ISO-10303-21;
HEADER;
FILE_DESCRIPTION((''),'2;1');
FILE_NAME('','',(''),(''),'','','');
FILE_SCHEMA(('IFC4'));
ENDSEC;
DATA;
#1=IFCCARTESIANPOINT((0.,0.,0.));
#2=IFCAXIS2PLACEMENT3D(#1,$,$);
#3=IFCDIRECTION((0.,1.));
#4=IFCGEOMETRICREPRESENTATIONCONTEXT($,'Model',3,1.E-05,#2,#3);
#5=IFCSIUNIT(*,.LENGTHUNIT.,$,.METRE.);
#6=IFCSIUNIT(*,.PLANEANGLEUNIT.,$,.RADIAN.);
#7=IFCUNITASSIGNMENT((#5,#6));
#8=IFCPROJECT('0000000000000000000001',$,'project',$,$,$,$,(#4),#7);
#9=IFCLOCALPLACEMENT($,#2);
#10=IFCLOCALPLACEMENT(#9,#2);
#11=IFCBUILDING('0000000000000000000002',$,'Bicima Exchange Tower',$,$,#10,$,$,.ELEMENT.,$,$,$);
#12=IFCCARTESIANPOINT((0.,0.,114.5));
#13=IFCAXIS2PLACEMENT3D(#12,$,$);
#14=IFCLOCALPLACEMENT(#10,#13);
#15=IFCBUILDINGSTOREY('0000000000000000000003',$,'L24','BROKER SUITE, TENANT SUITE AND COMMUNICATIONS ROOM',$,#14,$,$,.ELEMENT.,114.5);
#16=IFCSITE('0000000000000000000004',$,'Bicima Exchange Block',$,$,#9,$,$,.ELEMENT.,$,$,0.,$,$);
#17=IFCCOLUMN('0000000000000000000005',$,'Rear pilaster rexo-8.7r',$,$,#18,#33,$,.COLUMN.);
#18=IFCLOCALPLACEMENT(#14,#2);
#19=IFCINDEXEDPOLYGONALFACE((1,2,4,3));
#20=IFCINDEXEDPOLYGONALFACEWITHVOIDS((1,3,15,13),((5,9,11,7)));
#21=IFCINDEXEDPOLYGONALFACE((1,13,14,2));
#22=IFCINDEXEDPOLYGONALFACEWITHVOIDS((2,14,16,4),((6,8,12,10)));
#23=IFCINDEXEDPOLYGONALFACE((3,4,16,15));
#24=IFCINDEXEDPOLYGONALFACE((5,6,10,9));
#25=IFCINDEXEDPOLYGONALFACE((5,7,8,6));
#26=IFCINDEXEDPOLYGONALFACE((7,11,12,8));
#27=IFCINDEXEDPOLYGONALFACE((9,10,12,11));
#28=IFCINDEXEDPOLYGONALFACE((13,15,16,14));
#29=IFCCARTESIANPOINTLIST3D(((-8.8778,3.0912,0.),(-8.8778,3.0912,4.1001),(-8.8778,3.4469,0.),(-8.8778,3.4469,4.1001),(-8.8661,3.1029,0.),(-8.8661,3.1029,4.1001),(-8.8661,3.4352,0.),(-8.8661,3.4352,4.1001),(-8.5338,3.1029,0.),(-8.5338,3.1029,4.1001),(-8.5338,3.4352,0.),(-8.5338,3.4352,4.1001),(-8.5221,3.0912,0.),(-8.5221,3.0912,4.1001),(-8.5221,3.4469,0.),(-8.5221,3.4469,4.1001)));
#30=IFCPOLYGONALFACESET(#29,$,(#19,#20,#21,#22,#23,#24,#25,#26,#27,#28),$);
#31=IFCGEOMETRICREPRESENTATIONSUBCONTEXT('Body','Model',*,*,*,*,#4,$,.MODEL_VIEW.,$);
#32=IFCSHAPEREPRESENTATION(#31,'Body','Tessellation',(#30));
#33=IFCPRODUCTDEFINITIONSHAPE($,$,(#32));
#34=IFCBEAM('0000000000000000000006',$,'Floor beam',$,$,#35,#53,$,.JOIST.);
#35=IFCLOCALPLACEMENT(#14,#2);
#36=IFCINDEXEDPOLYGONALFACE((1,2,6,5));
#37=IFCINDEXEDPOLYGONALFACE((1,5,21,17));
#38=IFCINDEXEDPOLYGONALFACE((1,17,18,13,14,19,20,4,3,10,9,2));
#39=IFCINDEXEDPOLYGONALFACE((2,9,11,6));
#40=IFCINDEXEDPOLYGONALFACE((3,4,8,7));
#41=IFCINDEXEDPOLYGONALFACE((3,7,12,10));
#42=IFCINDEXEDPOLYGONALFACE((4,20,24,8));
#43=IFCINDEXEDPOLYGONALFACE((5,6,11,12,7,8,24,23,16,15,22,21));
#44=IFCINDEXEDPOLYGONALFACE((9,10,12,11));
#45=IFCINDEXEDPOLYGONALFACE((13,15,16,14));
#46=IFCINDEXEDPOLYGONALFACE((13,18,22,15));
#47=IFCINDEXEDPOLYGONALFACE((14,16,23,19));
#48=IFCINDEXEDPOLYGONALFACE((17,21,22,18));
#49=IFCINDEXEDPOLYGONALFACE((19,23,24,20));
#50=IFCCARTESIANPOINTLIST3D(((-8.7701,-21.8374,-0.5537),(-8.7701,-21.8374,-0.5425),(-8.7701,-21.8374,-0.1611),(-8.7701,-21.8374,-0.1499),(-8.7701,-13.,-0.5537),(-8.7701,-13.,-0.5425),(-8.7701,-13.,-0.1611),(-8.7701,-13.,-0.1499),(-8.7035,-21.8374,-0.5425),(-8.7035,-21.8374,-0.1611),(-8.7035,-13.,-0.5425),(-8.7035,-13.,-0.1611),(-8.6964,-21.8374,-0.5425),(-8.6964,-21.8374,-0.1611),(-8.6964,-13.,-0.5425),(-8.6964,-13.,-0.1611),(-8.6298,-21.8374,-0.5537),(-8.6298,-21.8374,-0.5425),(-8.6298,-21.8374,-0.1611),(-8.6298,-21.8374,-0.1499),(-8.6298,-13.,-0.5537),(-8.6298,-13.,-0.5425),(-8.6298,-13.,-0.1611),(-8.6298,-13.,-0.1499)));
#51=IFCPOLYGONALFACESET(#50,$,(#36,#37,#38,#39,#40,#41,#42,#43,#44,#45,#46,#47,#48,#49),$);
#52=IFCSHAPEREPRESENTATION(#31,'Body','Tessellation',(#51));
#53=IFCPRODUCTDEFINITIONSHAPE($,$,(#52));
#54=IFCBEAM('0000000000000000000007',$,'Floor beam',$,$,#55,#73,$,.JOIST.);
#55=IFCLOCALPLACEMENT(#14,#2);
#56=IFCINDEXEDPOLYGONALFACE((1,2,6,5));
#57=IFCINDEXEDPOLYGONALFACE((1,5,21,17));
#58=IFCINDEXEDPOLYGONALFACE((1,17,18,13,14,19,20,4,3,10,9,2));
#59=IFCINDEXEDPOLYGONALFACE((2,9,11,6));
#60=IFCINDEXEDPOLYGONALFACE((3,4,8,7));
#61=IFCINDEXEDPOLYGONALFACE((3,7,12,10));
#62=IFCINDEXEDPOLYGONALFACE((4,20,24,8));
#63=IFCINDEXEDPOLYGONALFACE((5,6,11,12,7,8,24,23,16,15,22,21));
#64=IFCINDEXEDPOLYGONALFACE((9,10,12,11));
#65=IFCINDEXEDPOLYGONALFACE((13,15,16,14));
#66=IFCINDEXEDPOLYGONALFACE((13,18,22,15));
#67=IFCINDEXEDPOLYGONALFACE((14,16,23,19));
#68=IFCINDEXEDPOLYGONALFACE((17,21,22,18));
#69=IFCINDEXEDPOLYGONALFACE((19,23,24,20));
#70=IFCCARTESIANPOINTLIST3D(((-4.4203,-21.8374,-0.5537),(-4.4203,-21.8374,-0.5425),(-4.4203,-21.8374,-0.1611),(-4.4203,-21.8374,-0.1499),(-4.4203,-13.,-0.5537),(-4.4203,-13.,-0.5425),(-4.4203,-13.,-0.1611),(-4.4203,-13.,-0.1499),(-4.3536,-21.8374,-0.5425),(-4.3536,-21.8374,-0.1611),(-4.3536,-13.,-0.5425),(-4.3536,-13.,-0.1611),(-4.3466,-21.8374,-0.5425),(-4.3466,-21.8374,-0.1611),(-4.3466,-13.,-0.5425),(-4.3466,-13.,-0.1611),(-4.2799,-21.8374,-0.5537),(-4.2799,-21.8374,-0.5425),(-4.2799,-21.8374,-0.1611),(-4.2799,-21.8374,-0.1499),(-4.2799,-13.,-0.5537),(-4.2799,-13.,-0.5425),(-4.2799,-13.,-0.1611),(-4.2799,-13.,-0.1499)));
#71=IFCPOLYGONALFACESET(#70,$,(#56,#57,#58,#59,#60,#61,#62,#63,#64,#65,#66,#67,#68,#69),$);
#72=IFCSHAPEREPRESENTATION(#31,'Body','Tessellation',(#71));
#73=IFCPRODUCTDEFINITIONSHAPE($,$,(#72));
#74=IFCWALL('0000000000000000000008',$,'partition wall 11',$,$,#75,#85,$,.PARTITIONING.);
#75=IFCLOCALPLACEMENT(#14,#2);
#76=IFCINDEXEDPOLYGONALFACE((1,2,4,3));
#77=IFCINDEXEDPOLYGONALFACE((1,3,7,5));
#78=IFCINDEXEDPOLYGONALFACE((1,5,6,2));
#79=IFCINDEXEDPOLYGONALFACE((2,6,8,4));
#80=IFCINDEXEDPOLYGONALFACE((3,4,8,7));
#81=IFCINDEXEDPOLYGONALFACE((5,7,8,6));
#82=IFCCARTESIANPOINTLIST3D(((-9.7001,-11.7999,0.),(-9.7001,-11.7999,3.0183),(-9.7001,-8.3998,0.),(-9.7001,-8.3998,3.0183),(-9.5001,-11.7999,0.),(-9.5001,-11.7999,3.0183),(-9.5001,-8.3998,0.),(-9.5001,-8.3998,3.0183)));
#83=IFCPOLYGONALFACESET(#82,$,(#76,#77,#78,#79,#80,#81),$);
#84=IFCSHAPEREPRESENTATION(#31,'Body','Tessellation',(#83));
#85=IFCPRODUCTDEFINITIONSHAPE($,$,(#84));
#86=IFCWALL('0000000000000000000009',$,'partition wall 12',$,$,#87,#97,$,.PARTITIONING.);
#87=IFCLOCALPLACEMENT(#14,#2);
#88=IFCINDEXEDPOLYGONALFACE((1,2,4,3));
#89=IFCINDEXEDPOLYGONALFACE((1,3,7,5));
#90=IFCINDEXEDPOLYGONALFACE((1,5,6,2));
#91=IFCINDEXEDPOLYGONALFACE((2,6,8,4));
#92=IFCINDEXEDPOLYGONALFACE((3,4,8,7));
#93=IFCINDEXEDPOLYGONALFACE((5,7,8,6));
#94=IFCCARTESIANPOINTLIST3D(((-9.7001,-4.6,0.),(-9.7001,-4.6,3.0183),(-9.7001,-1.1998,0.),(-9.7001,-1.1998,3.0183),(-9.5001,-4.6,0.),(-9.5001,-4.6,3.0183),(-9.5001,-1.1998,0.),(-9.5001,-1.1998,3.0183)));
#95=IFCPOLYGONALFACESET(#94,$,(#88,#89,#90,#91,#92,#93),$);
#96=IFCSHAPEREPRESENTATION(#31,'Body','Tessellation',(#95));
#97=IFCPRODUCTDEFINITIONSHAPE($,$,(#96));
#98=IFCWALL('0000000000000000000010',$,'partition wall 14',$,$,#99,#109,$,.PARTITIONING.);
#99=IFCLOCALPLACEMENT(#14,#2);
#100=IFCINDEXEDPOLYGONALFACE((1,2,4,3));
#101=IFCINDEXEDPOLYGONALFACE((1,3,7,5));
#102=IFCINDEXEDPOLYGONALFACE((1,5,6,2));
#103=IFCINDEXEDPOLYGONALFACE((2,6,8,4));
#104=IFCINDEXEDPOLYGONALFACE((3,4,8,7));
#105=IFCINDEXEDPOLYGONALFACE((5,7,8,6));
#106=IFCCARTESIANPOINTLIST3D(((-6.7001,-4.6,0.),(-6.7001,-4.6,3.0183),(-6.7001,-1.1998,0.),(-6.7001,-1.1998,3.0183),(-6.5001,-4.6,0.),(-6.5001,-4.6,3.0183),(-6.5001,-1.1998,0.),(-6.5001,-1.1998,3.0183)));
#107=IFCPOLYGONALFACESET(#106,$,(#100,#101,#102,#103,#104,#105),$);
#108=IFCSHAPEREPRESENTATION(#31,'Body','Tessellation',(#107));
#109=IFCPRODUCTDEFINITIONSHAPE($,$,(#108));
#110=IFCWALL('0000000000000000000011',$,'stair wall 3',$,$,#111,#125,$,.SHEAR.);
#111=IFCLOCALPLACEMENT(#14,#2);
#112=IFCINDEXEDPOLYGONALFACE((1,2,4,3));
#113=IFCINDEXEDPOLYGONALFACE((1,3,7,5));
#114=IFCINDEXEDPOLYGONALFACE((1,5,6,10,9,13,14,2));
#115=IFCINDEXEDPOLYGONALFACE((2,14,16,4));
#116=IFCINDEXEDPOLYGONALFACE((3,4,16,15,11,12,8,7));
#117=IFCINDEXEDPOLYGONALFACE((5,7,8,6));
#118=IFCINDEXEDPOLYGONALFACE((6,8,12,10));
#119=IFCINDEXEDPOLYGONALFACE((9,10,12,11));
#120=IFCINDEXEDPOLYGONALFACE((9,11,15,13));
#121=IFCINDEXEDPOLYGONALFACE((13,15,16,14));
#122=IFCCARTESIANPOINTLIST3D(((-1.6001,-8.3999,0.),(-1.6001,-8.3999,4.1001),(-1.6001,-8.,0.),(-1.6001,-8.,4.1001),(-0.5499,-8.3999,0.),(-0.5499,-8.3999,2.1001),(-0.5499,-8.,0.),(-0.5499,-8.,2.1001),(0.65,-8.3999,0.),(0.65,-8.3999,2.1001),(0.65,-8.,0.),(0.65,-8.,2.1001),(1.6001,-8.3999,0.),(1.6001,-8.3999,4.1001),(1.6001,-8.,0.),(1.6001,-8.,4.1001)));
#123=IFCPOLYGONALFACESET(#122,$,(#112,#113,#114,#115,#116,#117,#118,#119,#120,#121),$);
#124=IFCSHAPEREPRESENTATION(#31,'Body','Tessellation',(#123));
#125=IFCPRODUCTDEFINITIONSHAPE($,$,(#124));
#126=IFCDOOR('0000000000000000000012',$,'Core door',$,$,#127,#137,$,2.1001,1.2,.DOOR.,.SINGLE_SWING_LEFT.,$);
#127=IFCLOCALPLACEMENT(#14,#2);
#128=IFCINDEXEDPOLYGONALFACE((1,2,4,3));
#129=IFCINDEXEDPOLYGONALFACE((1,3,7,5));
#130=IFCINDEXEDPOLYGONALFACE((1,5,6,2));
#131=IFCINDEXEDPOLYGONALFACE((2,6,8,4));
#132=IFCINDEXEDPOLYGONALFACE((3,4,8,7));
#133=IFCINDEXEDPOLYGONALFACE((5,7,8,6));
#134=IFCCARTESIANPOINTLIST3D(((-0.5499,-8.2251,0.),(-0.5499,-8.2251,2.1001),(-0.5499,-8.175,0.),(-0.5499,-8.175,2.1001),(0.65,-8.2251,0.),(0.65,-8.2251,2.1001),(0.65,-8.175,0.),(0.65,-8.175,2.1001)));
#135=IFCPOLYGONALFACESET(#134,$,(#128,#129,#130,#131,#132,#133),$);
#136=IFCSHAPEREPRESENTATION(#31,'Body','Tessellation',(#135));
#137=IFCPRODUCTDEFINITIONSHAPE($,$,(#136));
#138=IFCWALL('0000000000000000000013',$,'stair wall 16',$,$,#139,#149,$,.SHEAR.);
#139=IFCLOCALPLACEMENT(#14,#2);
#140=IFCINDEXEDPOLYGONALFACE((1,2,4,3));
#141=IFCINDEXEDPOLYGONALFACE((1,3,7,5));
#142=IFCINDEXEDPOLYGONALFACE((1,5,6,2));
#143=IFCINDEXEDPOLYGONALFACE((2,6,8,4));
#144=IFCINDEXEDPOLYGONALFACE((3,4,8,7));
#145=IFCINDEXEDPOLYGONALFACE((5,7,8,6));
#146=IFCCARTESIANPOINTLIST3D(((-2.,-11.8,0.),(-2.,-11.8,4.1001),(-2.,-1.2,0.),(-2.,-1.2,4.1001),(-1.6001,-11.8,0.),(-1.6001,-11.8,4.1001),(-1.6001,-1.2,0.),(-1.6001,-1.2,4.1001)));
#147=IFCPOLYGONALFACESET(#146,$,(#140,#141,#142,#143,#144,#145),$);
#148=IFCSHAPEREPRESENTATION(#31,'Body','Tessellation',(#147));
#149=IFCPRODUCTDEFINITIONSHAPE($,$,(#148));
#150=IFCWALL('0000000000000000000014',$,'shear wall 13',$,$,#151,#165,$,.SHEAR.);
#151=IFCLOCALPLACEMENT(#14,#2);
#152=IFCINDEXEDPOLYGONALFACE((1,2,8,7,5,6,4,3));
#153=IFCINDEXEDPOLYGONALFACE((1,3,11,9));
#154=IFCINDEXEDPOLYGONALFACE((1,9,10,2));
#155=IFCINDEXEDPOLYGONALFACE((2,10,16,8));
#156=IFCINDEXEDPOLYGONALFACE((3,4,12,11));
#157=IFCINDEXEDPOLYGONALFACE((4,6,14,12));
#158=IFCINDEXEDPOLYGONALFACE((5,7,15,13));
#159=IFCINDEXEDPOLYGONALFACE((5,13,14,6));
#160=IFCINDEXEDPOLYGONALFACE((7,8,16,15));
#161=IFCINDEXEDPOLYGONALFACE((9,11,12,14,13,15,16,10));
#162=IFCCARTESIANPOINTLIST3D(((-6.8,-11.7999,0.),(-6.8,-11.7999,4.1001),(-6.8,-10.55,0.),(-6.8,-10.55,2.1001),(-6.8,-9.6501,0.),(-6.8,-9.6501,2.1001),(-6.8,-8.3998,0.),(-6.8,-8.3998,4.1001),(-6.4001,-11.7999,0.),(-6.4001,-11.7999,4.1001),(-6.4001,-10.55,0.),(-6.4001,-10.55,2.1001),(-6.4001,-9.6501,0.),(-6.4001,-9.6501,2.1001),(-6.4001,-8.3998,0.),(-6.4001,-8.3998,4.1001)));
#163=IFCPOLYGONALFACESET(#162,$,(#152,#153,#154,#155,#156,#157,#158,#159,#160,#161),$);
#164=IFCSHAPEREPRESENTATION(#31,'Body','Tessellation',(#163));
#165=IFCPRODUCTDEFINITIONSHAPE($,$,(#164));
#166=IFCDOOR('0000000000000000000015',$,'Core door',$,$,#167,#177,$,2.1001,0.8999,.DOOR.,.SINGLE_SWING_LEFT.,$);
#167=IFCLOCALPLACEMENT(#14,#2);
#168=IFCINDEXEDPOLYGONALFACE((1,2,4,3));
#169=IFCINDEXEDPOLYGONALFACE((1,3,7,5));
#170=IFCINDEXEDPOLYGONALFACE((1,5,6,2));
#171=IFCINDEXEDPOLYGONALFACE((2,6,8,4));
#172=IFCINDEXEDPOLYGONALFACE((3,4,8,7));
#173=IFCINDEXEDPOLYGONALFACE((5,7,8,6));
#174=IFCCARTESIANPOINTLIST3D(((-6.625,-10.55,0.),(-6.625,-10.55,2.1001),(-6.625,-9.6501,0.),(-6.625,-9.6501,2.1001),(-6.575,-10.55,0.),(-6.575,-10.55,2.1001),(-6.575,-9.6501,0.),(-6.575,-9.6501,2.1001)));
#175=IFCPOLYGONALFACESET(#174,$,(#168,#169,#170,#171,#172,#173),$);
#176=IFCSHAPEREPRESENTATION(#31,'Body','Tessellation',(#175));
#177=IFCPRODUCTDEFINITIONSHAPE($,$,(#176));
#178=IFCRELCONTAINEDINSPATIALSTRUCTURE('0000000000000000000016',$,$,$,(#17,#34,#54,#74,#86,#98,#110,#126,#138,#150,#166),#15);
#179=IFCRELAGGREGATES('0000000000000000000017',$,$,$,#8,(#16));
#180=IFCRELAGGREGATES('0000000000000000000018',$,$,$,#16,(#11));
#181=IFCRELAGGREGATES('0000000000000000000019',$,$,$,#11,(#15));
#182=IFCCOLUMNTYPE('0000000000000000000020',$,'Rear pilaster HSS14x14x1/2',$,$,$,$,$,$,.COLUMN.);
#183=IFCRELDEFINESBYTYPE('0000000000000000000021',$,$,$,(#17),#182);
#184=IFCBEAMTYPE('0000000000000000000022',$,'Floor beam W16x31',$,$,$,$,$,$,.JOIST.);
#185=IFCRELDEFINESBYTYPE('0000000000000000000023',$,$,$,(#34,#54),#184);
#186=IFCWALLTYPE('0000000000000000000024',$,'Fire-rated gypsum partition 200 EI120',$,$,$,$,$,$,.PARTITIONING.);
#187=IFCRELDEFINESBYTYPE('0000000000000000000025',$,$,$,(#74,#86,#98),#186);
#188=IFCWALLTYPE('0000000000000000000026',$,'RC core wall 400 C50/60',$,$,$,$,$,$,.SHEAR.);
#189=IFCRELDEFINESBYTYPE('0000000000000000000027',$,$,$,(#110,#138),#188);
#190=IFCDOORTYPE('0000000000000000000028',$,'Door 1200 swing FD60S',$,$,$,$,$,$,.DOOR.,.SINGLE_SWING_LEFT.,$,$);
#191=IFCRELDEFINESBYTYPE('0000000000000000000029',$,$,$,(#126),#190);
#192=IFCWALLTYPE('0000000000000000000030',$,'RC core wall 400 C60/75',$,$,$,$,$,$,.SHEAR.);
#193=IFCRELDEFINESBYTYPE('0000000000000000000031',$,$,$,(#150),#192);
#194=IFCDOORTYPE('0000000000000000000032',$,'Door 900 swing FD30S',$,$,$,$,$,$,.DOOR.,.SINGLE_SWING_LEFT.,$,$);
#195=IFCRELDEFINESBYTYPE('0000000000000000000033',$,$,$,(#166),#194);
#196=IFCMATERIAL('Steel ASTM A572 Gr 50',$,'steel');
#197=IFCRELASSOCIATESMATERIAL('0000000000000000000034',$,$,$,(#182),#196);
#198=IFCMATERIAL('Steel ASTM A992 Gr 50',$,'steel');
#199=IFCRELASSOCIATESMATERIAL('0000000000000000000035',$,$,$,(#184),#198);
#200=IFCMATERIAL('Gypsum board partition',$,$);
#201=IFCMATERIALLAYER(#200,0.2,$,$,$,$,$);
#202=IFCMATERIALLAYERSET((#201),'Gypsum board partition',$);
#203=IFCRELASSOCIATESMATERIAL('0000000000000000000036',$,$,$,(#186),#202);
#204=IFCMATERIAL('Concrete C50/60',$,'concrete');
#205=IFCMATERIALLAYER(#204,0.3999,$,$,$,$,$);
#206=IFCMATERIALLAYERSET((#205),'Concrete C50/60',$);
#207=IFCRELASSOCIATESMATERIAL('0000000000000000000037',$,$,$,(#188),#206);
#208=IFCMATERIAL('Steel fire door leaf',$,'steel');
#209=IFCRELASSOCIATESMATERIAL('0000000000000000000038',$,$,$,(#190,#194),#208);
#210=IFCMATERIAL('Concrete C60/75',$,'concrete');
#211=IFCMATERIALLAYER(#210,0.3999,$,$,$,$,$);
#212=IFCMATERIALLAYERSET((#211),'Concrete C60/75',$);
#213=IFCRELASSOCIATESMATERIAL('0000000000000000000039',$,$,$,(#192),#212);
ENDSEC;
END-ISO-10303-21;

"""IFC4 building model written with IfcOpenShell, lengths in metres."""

from ifc_helpers import new_model, si_unit, direction, frame, frame_2d, origin, origin_2d, place, context, subcontext, project, spatial, rectangle, hollow_rectangle, i_section, extrude, material, layer, layer_set, material_profile, profile_set, type_object, element, fill, save


model = new_model("IFC4")

# Units and contexts
model_context = context("Model", 3, precision=1e-05, world=origin(), true_north=direction((0.0, 1.0)))
body_context = subcontext(model_context, "Body", "Model", "MODEL_VIEW")
ifc_project = project(units=[si_unit("LENGTHUNIT", "METRE"), si_unit("PLANEANGLEUNIT", "RADIAN")], contexts=[model_context])

# Site, building, storey
site_placement = place(None, origin())
site = spatial("IfcSite", under=ifc_project, at=site_placement, Name="Bicima Exchange Block", CompositionType="ELEMENT", RefElevation=0.0)
building_placement = place(site_placement, origin())
building = spatial("IfcBuilding", under=site, at=building_placement, Name="Bicima Exchange Tower", CompositionType="ELEMENT")
storey_placement = place(building_placement, frame((0.0, 0.0, 114.5)))
storey = spatial("IfcBuildingStorey", under=building, at=storey_placement, Name="L24", Description="BROKER SUITE, TENANT SUITE AND COMMUNICATIONS ROOM", CompositionType="ELEMENT", Elevation=114.5)

# Column
ifc_material_1 = material(Name="Steel ASTM A572 Gr 50", Category="steel")
ifc_material_profile_1 = material_profile(ifc_material_1, hollow_rectangle(XDim=0.3557, YDim=0.3557, WallThickness=0.0117, at=origin_2d()))
ifc_profile_set_1 = profile_set([ifc_material_profile_1], Name="Steel ASTM A572 Gr 50")
column_type = type_object("IfcColumnType", Name="Rear pilaster HSS14x14x1/2", PredefinedType="COLUMN", material=ifc_profile_set_1)
column_placement = place(storey_placement, frame((-8.7, 3.269, 0.0), z_axis=(0.0, 0.0, 1.0), x_axis=(1.0, 0.0, 0.0)))
element("IfcColumn", 1, at=column_placement, inside=storey, type_object=column_type, Name="Rear pilaster rexo-8.7r", PredefinedType="COLUMN", context=body_context, shape_type="SweptSolid", body=[
    extrude(hollow_rectangle(XDim=0.3557, YDim=0.3557, WallThickness=0.0117, at=origin_2d()), origin(), (0.0, 0.0, 1.0), 4.1001),
])

# Beams
ifc_material_2 = material(Name="Steel ASTM A992 Gr 50", Category="steel")
ifc_material_profile_2 = material_profile(ifc_material_2, i_section(OverallWidth=0.1404, OverallDepth=0.4038, WebThickness=0.0071, FlangeThickness=0.0112, at=origin_2d()))
ifc_profile_set_2 = profile_set([ifc_material_profile_2], Name="Steel ASTM A992 Gr 50")
beam_type = type_object("IfcBeamType", Name="Floor beam W16x31", PredefinedType="JOIST", material=ifc_profile_set_2)
for number, where, z_axis, x_axis, name in (
    (2, (-8.7, -13.0, -0.3518), (0.0, -1.0, 0.0), (1.0, 0.0, 0.0), "Floor beam"),
    (3, (-4.3501, -13.0, -0.3518), (0.0, -1.0, 0.0), (1.0, 0.0, 0.0), "Floor beam"),
):
    element("IfcBeam", number, at=place(storey_placement, frame(where, z_axis=z_axis, x_axis=x_axis)), inside=storey, type_object=beam_type, Name=name, PredefinedType="JOIST", context=body_context, shape_type="SweptSolid", body=[
        extrude(i_section(OverallWidth=0.1404, OverallDepth=0.4038, WebThickness=0.0071, FlangeThickness=0.0112, at=origin_2d()), origin(), (0.0, 0.0, 1.0), 8.8374),
    ])

# Walls
ifc_material_3 = material(Name="Gypsum board partition")
ifc_layer_1 = layer(ifc_material_3, 0.2)
ifc_layer_set_1 = layer_set([ifc_layer_1], Name="Gypsum board partition")
wall_type_1 = type_object("IfcWallType", Name="Fire-rated gypsum partition 200 EI120", PredefinedType="PARTITIONING", material=ifc_layer_set_1)
for number, where, z_axis, x_axis, name in (
    (4, (-9.6001, -11.8, 0.0), (0.0, 0.0, 1.0), (0.0, 1.0, 0.0), "partition wall 11"),
    (5, (-9.6001, -4.6001, 0.0), (0.0, 0.0, 1.0), (0.0, 1.0, 0.0), "partition wall 12"),
    (6, (-6.6001, -4.6001, 0.0), (0.0, 0.0, 1.0), (0.0, 1.0, 0.0), "partition wall 14"),
):
    element("IfcWall", number, at=place(storey_placement, frame(where, z_axis=z_axis, x_axis=x_axis)), inside=storey, type_object=wall_type_1, Name=name, PredefinedType="PARTITIONING", context=body_context, shape_type="SweptSolid", body=[
        extrude(rectangle(XDim=3.4001, YDim=0.2, at=frame_2d((1.7002, 0.0))), origin(), (0.0, 0.0, 1.0), 3.0183),
    ])

# Wall, opening, door
ifc_material_4 = material(Name="Concrete C50/60", Category="concrete")
ifc_layer_2 = layer(ifc_material_4, 0.3999)
ifc_layer_set_2 = layer_set([ifc_layer_2], Name="Concrete C50/60")
wall_type_2 = type_object("IfcWallType", Name="RC core wall 400 C50/60", PredefinedType="SHEAR", material=ifc_layer_set_2)
wall_1_placement = place(storey_placement, frame((-1.6001, -8.2, 0.0), z_axis=(0.0, 0.0, 1.0), x_axis=(1.0, 0.0, 0.0)))
wall_1 = element("IfcWall", 7, at=wall_1_placement, inside=storey, type_object=wall_type_2, Name="stair wall 3", PredefinedType="SHEAR", context=body_context, shape_type="SweptSolid", body=[
    extrude(rectangle(XDim=3.2002, YDim=0.3999, at=frame_2d((1.6001, 0.0))), origin(), (0.0, 0.0, 1.0), 4.1001),
])
opening_1_placement = place(wall_1_placement, frame((1.05, 0.0, 0.0)))
opening_1 = element("IfcOpeningElement", 8, at=opening_1_placement, cuts=wall_1, PredefinedType="OPENING", context=body_context, shape_type="SweptSolid", body=[
    extrude(rectangle(XDim=1.2, YDim=2.1001, at=frame_2d((0.6001, 1.05))), frame((0.0, 0.2119, 0.0), z_axis=(0.0, -1.0, 0.0), x_axis=(1.0, 0.0, 0.0)), (0.0, 0.0, 1.0), 0.4238),
])
ifc_material_5 = material(Name="Steel fire door leaf", Category="steel")
door_type_1 = type_object("IfcDoorType", Name="Door 1200 swing FD60S", OperationType="SINGLE_SWING_LEFT", PredefinedType="DOOR", material=ifc_material_5)
door_1_placement = place(opening_1_placement, origin())
door_1 = element("IfcDoor", 9, at=door_1_placement, inside=storey, type_object=door_type_1, Name="Core door", OperationType="SINGLE_SWING_LEFT", OverallHeight=2.1001, OverallWidth=1.2, PredefinedType="DOOR", context=body_context, shape_type="SweptSolid", body=[
    extrude(rectangle(XDim=1.2, YDim=2.1001, at=frame_2d((0.6001, 1.05))), frame((0.0, 0.0249, 0.0), z_axis=(0.0, -1.0, 0.0), x_axis=(1.0, 0.0, 0.0)), (0.0, 0.0, 1.0), 0.05),
])
fill(opening_1, door_1)

# Wall
wall_2_placement = place(storey_placement, frame((-1.8, -11.8, 0.0), z_axis=(0.0, 0.0, 1.0), x_axis=(0.0, 1.0, 0.0)))
element("IfcWall", 10, at=wall_2_placement, inside=storey, type_object=wall_type_2, Name="stair wall 16", PredefinedType="SHEAR", context=body_context, shape_type="SweptSolid", body=[
    extrude(rectangle(XDim=10.6001, YDim=0.3999, at=frame_2d((5.3, 0.0))), origin(), (0.0, 0.0, 1.0), 4.1001),
])

# Wall, opening, door
ifc_material_6 = material(Name="Concrete C60/75", Category="concrete")
ifc_layer_3 = layer(ifc_material_6, 0.3999)
ifc_layer_set_3 = layer_set([ifc_layer_3], Name="Concrete C60/75")
wall_type_3 = type_object("IfcWallType", Name="RC core wall 400 C60/75", PredefinedType="SHEAR", material=ifc_layer_set_3)
wall_3_placement = place(storey_placement, frame((-6.6001, -11.8, 0.0), z_axis=(0.0, 0.0, 1.0), x_axis=(0.0, 1.0, 0.0)))
wall_3 = element("IfcWall", 11, at=wall_3_placement, inside=storey, type_object=wall_type_3, Name="shear wall 13", PredefinedType="SHEAR", context=body_context, shape_type="SweptSolid", body=[
    extrude(rectangle(XDim=3.4001, YDim=0.3999, at=frame_2d((1.7002, 0.0))), origin(), (0.0, 0.0, 1.0), 4.1001),
])
opening_2_placement = place(wall_3_placement, frame((1.25, 0.0, 0.0)))
opening_2 = element("IfcOpeningElement", 12, at=opening_2_placement, cuts=wall_3, PredefinedType="OPENING", context=body_context, shape_type="SweptSolid", body=[
    extrude(rectangle(XDim=0.8999, YDim=2.1001, at=frame_2d((0.45, 1.05))), frame((0.0, 0.2119, 0.0), z_axis=(0.0, -1.0, 0.0), x_axis=(1.0, 0.0, 0.0)), (0.0, 0.0, 1.0), 0.4238),
])
door_type_2 = type_object("IfcDoorType", Name="Door 900 swing FD30S", OperationType="SINGLE_SWING_LEFT", PredefinedType="DOOR", material=ifc_material_5)
door_2_placement = place(opening_2_placement, origin())
door_2 = element("IfcDoor", 13, at=door_2_placement, inside=storey, type_object=door_type_2, Name="Core door", OperationType="SINGLE_SWING_LEFT", OverallHeight=2.1001, OverallWidth=0.8999, PredefinedType="DOOR", context=body_context, shape_type="SweptSolid", body=[
    extrude(rectangle(XDim=0.8999, YDim=2.1001, at=frame_2d((0.45, 1.05))), frame((0.0, 0.0249, 0.0), z_axis=(0.0, -1.0, 0.0), x_axis=(1.0, 0.0, 0.0)), (0.0, 0.0, 1.0), 0.05),
])
fill(opening_2, door_2)

save(model, "model.ifc")
